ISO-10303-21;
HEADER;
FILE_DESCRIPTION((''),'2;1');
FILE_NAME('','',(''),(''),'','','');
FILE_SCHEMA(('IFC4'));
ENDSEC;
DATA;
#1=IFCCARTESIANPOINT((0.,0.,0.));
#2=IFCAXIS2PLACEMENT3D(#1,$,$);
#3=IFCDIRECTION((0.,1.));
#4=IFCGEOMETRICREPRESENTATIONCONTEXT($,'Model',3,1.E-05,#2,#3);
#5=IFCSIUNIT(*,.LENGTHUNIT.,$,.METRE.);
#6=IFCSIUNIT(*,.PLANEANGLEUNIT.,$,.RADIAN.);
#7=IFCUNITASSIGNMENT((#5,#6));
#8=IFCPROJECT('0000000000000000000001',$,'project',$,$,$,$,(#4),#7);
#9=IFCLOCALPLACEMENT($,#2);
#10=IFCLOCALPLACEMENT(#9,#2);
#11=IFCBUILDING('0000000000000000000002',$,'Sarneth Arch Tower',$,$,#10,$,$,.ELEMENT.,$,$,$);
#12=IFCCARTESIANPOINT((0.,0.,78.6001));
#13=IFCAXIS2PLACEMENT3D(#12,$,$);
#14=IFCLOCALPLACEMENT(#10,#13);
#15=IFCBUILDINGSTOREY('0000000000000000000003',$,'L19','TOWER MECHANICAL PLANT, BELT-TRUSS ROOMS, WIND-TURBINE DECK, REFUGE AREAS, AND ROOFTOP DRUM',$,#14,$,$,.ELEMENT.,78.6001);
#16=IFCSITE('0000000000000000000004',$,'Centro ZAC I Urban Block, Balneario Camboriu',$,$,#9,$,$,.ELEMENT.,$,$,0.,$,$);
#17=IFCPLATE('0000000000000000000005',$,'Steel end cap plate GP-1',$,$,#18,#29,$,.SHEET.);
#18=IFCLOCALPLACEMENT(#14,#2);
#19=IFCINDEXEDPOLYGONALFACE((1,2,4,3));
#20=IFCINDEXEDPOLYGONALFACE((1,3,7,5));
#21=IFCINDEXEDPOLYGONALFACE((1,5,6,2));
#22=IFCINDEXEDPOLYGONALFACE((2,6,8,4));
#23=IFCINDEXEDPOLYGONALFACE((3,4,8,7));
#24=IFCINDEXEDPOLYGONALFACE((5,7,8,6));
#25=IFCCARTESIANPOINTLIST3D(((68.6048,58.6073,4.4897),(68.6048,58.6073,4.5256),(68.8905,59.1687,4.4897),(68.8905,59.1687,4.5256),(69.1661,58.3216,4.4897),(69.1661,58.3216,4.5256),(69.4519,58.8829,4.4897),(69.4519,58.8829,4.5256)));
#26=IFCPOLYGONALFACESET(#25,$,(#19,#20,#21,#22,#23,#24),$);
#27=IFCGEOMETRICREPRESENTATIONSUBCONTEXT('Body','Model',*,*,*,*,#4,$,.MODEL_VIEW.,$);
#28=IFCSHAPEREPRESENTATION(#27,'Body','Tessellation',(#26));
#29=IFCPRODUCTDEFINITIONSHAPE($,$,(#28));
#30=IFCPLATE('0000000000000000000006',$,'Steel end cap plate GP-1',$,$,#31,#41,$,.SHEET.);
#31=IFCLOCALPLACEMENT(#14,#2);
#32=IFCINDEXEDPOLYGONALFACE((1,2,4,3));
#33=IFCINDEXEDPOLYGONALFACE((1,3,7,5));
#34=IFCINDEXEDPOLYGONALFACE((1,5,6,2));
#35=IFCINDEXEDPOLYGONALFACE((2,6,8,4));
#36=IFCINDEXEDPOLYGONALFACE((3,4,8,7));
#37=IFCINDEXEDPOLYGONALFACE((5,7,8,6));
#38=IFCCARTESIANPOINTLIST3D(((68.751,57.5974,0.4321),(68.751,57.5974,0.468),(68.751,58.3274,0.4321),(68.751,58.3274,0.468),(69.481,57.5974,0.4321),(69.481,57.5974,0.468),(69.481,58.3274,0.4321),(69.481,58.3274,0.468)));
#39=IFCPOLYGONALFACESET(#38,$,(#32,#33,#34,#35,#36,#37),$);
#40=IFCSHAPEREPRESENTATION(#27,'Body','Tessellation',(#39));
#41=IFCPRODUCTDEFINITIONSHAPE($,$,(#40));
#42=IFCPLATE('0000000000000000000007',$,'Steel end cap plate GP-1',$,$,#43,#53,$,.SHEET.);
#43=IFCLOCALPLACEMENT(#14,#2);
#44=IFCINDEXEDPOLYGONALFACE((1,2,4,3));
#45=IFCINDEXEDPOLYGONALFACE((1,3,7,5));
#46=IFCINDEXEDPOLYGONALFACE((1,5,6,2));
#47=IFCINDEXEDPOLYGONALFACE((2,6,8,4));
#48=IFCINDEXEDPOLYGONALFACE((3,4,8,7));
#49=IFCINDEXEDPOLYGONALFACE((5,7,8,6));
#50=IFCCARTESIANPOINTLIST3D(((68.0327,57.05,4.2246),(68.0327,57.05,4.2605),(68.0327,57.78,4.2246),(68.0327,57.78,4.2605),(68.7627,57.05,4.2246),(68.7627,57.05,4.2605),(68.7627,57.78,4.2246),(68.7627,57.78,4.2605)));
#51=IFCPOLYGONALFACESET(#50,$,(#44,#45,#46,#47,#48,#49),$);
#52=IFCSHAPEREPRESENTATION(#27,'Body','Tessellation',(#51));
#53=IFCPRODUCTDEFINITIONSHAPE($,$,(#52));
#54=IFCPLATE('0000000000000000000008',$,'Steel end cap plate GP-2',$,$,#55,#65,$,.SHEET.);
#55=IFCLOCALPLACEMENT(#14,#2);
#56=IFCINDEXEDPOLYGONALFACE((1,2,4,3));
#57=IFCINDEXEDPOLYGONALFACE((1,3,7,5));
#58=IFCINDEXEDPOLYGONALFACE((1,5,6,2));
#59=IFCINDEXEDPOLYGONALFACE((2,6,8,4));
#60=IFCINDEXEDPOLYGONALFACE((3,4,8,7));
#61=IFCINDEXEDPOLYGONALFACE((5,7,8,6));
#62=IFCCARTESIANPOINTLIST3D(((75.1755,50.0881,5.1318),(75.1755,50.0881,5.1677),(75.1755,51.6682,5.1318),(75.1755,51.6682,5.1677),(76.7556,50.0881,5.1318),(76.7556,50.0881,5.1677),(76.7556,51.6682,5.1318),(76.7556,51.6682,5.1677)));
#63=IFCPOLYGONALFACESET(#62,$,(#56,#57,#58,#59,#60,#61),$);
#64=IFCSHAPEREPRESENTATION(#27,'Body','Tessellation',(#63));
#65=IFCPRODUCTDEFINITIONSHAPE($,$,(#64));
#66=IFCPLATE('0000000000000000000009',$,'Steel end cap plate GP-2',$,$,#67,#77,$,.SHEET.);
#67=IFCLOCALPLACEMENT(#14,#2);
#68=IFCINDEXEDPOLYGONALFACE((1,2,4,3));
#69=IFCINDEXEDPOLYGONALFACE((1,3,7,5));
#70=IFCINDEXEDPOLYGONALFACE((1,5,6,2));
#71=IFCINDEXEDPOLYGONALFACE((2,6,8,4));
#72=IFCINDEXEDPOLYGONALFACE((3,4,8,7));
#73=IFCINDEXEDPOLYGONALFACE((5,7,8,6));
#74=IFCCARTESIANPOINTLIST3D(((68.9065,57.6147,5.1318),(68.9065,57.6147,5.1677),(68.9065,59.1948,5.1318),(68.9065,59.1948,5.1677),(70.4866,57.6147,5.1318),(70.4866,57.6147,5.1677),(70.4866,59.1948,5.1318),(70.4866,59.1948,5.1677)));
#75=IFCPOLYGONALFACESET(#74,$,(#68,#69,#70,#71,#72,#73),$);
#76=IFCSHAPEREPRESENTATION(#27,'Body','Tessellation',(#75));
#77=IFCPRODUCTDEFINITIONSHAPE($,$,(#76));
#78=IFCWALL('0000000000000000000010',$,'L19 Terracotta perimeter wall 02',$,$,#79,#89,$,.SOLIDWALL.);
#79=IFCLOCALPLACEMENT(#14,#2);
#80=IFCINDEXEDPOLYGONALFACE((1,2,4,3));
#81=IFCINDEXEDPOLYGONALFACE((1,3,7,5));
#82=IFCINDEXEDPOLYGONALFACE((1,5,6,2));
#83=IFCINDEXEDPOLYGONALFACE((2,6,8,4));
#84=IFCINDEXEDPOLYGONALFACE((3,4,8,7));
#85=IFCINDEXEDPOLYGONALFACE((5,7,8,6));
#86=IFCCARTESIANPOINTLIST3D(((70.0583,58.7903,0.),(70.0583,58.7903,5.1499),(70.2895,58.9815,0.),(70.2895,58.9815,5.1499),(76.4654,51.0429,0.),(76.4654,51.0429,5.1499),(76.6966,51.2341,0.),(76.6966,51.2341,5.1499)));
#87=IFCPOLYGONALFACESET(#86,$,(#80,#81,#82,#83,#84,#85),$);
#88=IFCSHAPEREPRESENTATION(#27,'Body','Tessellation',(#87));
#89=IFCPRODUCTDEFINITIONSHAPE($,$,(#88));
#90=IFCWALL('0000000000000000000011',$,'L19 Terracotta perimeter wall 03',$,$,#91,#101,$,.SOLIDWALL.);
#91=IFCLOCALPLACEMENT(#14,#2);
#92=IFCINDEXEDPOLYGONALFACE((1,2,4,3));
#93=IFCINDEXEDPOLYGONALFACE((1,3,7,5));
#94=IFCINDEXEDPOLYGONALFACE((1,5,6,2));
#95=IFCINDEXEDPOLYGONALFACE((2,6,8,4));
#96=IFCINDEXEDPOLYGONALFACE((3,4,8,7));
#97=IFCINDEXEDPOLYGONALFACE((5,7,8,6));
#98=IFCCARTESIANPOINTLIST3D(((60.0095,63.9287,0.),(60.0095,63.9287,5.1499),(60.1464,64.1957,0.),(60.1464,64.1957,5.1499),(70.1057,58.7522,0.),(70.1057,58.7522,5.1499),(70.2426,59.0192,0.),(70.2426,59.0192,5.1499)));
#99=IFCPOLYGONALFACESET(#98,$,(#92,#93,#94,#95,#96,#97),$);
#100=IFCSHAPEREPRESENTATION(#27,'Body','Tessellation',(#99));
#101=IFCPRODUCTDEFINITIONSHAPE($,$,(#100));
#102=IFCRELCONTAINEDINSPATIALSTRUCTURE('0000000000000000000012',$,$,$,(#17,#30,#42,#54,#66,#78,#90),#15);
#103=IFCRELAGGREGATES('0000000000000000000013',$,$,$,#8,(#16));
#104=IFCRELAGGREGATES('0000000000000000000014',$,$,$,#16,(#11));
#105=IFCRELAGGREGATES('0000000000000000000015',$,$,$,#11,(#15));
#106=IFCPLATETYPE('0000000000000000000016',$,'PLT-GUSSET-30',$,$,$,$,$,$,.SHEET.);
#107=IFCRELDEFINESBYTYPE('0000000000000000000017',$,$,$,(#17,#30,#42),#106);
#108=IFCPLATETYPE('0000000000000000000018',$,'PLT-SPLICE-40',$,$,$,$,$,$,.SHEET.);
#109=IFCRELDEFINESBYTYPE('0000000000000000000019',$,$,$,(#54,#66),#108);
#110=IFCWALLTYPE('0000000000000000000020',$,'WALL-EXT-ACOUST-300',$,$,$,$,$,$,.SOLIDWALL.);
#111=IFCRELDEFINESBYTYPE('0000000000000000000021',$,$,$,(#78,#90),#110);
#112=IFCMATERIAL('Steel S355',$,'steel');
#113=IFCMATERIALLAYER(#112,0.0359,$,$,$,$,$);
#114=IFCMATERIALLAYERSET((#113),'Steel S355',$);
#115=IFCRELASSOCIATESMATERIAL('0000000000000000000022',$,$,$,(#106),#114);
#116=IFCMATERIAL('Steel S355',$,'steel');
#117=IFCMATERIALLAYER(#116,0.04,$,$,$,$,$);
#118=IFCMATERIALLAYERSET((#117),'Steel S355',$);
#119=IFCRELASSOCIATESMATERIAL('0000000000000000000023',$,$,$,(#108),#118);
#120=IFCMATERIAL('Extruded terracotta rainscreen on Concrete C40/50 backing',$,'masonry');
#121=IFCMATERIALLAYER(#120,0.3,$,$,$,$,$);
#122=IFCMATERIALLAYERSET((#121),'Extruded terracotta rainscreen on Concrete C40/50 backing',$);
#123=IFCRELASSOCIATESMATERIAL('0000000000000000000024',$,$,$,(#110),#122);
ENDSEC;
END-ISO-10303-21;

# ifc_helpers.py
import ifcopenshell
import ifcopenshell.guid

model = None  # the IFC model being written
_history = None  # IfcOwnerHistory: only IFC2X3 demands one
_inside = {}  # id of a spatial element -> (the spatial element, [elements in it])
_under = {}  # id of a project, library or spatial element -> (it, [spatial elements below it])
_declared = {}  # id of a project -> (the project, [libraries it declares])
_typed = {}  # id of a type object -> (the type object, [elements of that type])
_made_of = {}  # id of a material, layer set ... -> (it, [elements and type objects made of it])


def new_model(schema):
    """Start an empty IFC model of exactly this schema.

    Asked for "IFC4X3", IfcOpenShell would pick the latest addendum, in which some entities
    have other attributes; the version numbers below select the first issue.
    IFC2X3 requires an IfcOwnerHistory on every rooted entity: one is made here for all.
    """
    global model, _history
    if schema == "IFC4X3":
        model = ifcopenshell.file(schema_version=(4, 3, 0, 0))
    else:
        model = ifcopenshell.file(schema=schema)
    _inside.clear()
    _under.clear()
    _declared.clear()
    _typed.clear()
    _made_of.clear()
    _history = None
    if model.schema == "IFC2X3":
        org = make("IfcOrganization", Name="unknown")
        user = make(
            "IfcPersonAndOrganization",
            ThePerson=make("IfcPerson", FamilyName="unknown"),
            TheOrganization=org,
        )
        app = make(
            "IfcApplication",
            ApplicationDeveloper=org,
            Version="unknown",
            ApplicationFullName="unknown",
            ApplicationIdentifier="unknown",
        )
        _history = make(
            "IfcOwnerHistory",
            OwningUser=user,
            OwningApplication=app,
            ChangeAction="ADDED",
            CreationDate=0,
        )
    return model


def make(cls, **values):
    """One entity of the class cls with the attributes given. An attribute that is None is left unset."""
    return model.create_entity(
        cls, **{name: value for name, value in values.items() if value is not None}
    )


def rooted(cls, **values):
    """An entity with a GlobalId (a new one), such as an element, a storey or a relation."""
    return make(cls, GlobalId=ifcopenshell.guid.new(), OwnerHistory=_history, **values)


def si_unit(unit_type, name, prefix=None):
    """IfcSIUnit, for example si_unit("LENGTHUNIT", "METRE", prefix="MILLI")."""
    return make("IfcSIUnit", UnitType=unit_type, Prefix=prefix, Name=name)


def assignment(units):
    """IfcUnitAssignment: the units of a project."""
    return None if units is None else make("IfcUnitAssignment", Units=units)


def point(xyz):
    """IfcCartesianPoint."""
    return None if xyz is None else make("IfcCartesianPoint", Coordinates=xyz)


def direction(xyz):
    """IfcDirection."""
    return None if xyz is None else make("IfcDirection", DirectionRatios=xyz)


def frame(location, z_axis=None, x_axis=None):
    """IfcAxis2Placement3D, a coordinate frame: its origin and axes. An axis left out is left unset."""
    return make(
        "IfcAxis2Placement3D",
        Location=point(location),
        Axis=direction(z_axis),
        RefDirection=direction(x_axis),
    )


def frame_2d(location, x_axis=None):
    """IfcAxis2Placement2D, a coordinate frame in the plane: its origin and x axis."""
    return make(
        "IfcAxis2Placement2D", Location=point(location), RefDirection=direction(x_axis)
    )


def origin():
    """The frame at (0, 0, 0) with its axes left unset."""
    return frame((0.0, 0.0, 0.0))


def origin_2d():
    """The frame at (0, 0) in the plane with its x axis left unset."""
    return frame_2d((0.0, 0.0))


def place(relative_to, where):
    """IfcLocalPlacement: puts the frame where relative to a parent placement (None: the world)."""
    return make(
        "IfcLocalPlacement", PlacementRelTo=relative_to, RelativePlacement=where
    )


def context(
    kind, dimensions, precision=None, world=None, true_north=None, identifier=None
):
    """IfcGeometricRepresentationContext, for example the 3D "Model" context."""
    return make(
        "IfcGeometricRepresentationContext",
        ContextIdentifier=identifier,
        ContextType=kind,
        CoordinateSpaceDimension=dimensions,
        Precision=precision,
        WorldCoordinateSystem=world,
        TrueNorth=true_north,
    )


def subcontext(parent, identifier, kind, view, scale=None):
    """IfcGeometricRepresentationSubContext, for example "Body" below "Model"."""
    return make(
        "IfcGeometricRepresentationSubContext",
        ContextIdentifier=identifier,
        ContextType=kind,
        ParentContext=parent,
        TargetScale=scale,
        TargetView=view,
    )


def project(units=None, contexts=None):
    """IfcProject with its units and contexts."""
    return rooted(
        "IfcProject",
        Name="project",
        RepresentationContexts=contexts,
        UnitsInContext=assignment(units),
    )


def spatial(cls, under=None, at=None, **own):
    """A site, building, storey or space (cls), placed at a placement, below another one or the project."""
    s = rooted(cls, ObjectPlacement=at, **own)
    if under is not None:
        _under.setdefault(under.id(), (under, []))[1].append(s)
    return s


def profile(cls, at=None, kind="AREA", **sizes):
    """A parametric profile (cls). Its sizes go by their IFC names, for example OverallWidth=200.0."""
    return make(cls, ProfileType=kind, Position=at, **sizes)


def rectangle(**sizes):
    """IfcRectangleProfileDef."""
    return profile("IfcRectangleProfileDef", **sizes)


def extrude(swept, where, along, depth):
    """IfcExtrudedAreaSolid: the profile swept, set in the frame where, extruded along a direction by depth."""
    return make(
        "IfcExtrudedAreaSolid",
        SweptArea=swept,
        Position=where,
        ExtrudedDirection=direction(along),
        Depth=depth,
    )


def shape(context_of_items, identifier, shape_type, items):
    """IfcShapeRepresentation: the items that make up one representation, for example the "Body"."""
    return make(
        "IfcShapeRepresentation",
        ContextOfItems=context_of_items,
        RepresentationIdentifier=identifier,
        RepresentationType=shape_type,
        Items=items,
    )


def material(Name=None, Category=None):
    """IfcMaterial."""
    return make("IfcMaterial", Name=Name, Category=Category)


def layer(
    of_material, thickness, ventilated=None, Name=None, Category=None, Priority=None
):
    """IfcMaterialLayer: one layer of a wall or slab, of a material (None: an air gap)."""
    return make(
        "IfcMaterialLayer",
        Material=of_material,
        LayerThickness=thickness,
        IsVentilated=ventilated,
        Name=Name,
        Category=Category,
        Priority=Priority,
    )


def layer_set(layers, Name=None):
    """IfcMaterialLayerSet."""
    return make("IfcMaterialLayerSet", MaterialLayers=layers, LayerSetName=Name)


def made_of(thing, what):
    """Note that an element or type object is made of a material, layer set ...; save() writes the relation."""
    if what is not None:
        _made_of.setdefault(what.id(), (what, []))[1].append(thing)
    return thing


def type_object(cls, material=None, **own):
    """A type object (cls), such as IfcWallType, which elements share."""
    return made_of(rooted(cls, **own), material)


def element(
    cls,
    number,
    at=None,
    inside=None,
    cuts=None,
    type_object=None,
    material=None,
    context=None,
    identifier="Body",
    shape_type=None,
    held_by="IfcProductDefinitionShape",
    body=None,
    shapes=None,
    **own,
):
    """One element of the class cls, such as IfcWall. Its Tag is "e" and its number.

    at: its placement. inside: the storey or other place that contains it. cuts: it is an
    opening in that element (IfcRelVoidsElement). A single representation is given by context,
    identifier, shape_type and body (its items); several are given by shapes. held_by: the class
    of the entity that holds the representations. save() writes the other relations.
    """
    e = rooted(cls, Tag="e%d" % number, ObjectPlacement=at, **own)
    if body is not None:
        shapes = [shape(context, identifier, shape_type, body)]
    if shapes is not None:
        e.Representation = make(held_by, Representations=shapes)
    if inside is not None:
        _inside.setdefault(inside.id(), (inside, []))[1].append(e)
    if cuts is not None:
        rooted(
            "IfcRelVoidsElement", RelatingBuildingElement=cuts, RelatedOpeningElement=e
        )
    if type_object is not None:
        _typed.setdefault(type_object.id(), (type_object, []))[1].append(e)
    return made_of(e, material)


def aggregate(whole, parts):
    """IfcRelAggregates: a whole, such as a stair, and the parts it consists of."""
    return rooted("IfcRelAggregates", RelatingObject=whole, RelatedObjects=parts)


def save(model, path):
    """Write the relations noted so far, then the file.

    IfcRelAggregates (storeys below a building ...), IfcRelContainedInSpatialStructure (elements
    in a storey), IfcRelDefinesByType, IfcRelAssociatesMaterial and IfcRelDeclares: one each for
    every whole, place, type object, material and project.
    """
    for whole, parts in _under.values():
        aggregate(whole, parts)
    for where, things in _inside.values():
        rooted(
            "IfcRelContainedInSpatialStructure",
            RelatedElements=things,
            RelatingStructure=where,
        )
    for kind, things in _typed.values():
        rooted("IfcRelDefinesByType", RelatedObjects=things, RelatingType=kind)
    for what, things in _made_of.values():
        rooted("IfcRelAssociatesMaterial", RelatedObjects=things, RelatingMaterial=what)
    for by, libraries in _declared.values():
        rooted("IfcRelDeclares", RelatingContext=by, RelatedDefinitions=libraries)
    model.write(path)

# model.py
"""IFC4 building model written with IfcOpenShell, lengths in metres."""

from ifc_helpers import new_model, si_unit, direction, frame, frame_2d, origin, origin_2d, place, context, subcontext, project, spatial, rectangle, extrude, material, layer, layer_set, type_object, element, save


model = new_model("IFC4")

# Units and contexts
model_context = context("Model", 3, precision=1e-05, world=origin(), true_north=direction((0.0, 1.0)))
body_context = subcontext(model_context, "Body", "Model", "MODEL_VIEW")
ifc_project = project(units=[si_unit("LENGTHUNIT", "METRE"), si_unit("PLANEANGLEUNIT", "RADIAN")], contexts=[model_context])

# Site, building, storey
site_placement = place(None, origin())
site = spatial("IfcSite", under=ifc_project, at=site_placement, Name="Centro ZAC I Urban Block, Balneario Camboriu", CompositionType="ELEMENT", RefElevation=0.0)
building_placement = place(site_placement, origin())
building = spatial("IfcBuilding", under=site, at=building_placement, Name="Sarneth Arch Tower", CompositionType="ELEMENT")
storey_placement = place(building_placement, frame((0.0, 0.0, 78.6001)))
storey = spatial("IfcBuildingStorey", under=building, at=storey_placement, Name="L19", Description="TOWER MECHANICAL PLANT, BELT-TRUSS ROOMS, WIND-TURBINE DECK, REFUGE AREAS, AND ROOFTOP DRUM", CompositionType="ELEMENT", Elevation=78.6001)

# Plates
ifc_material_1 = material(Name="Steel S355", Category="steel")
ifc_layer_1 = layer(ifc_material_1, 0.0359)
ifc_layer_set_1 = layer_set([ifc_layer_1], Name="Steel S355")
plate_type_1 = type_object("IfcPlateType", Name="PLT-GUSSET-30", PredefinedType="SHEET", material=ifc_layer_set_1)
plate_1_placement = place(storey_placement, frame((69.0283, 58.7451, 4.4897), z_axis=(0.0, 0.0, 1.0), x_axis=(0.891165, -0.453679, 0.0)))
element("IfcPlate", 1, at=plate_1_placement, inside=storey, type_object=plate_type_1, Name="Steel end cap plate GP-1", PredefinedType="SHEET", context=body_context, shape_type="SweptSolid", body=[
    extrude(rectangle(XDim=0.6299, YDim=0.6299, at=origin_2d()), origin(), (0.0, 0.0, 1.0), 0.0359),
])
for number, where, z_axis, x_axis, name in (
    (2, (69.116, 57.9624, 0.4321), (0.0, 0.0, 1.0), (1.0, 0.0, 0.0), "Steel end cap plate GP-1"),
    (3, (68.3977, 57.415, 4.2246), (0.0, 0.0, 1.0), (1.0, 0.0, 0.0), "Steel end cap plate GP-1"),
):
    element("IfcPlate", number, at=place(storey_placement, frame(where, z_axis=z_axis, x_axis=x_axis)), inside=storey, type_object=plate_type_1, Name=name, PredefinedType="SHEET", context=body_context, shape_type="SweptSolid", body=[
        extrude(rectangle(XDim=0.73, YDim=0.73, at=origin_2d()), origin(), (0.0, 0.0, 1.0), 0.0359),
    ])
ifc_material_2 = material(Name="Steel S355", Category="steel")
ifc_layer_2 = layer(ifc_material_2, 0.04)
ifc_layer_set_2 = layer_set([ifc_layer_2], Name="Steel S355")
plate_type_2 = type_object("IfcPlateType", Name="PLT-SPLICE-40", PredefinedType="SHEET", material=ifc_layer_set_2)
for number, where, z_axis, x_axis, name in (
    (4, (75.9656, 50.8782, 5.1318), (0.0, 0.0, 1.0), (1.0, 0.0, 0.0), "Steel end cap plate GP-2"),
    (5, (69.6965, 58.4048, 5.1318), (0.0, 0.0, 1.0), (1.0, 0.0, 0.0), "Steel end cap plate GP-2"),
):
    element("IfcPlate", number, at=place(storey_placement, frame(where, z_axis=z_axis, x_axis=x_axis)), inside=storey, type_object=plate_type_2, Name=name, PredefinedType="SHEET", context=body_context, shape_type="SweptSolid", body=[
        extrude(rectangle(XDim=1.5801, YDim=1.5801, at=origin_2d()), origin(), (0.0, 0.0, 1.0), 0.0359),
    ])

# Walls
ifc_material_3 = material(Name="Extruded terracotta rainscreen on Concrete C40/50 backing", Category="masonry")
ifc_layer_3 = layer(ifc_material_3, 0.3)
ifc_layer_set_3 = layer_set([ifc_layer_3], Name="Extruded terracotta rainscreen on Concrete C40/50 backing")
wall_type = type_object("IfcWallType", Name="WALL-EXT-ACOUST-300", PredefinedType="SOLIDWALL", material=ifc_layer_set_3)
wall_1_placement = place(storey_placement, frame((76.5811, 51.1384, 0.0), z_axis=(0.0, 0.0, 1.0), x_axis=(-0.637297, 0.770618, 0.0)))
element("IfcWall", 6, at=wall_1_placement, inside=storey, type_object=wall_type, Name="L19 Terracotta perimeter wall 02", PredefinedType="SOLIDWALL", context=body_context, shape_type="SweptSolid", body=[
    extrude(rectangle(XDim=10.0535, YDim=0.3, at=frame_2d((5.0269, 0.0))), origin(), (0.0, 0.0, 1.0), 5.1499),
])
wall_2_placement = place(storey_placement, frame((70.1741, 58.8857, 0.0), z_axis=(0.0, 0.0, 1.0), x_axis=(-0.889854, 0.456245, 0.0)))
element("IfcWall", 7, at=wall_2_placement, inside=storey, type_object=wall_type, Name="L19 Terracotta perimeter wall 03", PredefinedType="SOLIDWALL", context=body_context, shape_type="SweptSolid", body=[
    extrude(rectangle(XDim=11.3459, YDim=0.3, at=frame_2d((5.6729, 0.0))), origin(), (0.0, 0.0, 1.0), 5.1499),
])

save(model, "model.ifc")
